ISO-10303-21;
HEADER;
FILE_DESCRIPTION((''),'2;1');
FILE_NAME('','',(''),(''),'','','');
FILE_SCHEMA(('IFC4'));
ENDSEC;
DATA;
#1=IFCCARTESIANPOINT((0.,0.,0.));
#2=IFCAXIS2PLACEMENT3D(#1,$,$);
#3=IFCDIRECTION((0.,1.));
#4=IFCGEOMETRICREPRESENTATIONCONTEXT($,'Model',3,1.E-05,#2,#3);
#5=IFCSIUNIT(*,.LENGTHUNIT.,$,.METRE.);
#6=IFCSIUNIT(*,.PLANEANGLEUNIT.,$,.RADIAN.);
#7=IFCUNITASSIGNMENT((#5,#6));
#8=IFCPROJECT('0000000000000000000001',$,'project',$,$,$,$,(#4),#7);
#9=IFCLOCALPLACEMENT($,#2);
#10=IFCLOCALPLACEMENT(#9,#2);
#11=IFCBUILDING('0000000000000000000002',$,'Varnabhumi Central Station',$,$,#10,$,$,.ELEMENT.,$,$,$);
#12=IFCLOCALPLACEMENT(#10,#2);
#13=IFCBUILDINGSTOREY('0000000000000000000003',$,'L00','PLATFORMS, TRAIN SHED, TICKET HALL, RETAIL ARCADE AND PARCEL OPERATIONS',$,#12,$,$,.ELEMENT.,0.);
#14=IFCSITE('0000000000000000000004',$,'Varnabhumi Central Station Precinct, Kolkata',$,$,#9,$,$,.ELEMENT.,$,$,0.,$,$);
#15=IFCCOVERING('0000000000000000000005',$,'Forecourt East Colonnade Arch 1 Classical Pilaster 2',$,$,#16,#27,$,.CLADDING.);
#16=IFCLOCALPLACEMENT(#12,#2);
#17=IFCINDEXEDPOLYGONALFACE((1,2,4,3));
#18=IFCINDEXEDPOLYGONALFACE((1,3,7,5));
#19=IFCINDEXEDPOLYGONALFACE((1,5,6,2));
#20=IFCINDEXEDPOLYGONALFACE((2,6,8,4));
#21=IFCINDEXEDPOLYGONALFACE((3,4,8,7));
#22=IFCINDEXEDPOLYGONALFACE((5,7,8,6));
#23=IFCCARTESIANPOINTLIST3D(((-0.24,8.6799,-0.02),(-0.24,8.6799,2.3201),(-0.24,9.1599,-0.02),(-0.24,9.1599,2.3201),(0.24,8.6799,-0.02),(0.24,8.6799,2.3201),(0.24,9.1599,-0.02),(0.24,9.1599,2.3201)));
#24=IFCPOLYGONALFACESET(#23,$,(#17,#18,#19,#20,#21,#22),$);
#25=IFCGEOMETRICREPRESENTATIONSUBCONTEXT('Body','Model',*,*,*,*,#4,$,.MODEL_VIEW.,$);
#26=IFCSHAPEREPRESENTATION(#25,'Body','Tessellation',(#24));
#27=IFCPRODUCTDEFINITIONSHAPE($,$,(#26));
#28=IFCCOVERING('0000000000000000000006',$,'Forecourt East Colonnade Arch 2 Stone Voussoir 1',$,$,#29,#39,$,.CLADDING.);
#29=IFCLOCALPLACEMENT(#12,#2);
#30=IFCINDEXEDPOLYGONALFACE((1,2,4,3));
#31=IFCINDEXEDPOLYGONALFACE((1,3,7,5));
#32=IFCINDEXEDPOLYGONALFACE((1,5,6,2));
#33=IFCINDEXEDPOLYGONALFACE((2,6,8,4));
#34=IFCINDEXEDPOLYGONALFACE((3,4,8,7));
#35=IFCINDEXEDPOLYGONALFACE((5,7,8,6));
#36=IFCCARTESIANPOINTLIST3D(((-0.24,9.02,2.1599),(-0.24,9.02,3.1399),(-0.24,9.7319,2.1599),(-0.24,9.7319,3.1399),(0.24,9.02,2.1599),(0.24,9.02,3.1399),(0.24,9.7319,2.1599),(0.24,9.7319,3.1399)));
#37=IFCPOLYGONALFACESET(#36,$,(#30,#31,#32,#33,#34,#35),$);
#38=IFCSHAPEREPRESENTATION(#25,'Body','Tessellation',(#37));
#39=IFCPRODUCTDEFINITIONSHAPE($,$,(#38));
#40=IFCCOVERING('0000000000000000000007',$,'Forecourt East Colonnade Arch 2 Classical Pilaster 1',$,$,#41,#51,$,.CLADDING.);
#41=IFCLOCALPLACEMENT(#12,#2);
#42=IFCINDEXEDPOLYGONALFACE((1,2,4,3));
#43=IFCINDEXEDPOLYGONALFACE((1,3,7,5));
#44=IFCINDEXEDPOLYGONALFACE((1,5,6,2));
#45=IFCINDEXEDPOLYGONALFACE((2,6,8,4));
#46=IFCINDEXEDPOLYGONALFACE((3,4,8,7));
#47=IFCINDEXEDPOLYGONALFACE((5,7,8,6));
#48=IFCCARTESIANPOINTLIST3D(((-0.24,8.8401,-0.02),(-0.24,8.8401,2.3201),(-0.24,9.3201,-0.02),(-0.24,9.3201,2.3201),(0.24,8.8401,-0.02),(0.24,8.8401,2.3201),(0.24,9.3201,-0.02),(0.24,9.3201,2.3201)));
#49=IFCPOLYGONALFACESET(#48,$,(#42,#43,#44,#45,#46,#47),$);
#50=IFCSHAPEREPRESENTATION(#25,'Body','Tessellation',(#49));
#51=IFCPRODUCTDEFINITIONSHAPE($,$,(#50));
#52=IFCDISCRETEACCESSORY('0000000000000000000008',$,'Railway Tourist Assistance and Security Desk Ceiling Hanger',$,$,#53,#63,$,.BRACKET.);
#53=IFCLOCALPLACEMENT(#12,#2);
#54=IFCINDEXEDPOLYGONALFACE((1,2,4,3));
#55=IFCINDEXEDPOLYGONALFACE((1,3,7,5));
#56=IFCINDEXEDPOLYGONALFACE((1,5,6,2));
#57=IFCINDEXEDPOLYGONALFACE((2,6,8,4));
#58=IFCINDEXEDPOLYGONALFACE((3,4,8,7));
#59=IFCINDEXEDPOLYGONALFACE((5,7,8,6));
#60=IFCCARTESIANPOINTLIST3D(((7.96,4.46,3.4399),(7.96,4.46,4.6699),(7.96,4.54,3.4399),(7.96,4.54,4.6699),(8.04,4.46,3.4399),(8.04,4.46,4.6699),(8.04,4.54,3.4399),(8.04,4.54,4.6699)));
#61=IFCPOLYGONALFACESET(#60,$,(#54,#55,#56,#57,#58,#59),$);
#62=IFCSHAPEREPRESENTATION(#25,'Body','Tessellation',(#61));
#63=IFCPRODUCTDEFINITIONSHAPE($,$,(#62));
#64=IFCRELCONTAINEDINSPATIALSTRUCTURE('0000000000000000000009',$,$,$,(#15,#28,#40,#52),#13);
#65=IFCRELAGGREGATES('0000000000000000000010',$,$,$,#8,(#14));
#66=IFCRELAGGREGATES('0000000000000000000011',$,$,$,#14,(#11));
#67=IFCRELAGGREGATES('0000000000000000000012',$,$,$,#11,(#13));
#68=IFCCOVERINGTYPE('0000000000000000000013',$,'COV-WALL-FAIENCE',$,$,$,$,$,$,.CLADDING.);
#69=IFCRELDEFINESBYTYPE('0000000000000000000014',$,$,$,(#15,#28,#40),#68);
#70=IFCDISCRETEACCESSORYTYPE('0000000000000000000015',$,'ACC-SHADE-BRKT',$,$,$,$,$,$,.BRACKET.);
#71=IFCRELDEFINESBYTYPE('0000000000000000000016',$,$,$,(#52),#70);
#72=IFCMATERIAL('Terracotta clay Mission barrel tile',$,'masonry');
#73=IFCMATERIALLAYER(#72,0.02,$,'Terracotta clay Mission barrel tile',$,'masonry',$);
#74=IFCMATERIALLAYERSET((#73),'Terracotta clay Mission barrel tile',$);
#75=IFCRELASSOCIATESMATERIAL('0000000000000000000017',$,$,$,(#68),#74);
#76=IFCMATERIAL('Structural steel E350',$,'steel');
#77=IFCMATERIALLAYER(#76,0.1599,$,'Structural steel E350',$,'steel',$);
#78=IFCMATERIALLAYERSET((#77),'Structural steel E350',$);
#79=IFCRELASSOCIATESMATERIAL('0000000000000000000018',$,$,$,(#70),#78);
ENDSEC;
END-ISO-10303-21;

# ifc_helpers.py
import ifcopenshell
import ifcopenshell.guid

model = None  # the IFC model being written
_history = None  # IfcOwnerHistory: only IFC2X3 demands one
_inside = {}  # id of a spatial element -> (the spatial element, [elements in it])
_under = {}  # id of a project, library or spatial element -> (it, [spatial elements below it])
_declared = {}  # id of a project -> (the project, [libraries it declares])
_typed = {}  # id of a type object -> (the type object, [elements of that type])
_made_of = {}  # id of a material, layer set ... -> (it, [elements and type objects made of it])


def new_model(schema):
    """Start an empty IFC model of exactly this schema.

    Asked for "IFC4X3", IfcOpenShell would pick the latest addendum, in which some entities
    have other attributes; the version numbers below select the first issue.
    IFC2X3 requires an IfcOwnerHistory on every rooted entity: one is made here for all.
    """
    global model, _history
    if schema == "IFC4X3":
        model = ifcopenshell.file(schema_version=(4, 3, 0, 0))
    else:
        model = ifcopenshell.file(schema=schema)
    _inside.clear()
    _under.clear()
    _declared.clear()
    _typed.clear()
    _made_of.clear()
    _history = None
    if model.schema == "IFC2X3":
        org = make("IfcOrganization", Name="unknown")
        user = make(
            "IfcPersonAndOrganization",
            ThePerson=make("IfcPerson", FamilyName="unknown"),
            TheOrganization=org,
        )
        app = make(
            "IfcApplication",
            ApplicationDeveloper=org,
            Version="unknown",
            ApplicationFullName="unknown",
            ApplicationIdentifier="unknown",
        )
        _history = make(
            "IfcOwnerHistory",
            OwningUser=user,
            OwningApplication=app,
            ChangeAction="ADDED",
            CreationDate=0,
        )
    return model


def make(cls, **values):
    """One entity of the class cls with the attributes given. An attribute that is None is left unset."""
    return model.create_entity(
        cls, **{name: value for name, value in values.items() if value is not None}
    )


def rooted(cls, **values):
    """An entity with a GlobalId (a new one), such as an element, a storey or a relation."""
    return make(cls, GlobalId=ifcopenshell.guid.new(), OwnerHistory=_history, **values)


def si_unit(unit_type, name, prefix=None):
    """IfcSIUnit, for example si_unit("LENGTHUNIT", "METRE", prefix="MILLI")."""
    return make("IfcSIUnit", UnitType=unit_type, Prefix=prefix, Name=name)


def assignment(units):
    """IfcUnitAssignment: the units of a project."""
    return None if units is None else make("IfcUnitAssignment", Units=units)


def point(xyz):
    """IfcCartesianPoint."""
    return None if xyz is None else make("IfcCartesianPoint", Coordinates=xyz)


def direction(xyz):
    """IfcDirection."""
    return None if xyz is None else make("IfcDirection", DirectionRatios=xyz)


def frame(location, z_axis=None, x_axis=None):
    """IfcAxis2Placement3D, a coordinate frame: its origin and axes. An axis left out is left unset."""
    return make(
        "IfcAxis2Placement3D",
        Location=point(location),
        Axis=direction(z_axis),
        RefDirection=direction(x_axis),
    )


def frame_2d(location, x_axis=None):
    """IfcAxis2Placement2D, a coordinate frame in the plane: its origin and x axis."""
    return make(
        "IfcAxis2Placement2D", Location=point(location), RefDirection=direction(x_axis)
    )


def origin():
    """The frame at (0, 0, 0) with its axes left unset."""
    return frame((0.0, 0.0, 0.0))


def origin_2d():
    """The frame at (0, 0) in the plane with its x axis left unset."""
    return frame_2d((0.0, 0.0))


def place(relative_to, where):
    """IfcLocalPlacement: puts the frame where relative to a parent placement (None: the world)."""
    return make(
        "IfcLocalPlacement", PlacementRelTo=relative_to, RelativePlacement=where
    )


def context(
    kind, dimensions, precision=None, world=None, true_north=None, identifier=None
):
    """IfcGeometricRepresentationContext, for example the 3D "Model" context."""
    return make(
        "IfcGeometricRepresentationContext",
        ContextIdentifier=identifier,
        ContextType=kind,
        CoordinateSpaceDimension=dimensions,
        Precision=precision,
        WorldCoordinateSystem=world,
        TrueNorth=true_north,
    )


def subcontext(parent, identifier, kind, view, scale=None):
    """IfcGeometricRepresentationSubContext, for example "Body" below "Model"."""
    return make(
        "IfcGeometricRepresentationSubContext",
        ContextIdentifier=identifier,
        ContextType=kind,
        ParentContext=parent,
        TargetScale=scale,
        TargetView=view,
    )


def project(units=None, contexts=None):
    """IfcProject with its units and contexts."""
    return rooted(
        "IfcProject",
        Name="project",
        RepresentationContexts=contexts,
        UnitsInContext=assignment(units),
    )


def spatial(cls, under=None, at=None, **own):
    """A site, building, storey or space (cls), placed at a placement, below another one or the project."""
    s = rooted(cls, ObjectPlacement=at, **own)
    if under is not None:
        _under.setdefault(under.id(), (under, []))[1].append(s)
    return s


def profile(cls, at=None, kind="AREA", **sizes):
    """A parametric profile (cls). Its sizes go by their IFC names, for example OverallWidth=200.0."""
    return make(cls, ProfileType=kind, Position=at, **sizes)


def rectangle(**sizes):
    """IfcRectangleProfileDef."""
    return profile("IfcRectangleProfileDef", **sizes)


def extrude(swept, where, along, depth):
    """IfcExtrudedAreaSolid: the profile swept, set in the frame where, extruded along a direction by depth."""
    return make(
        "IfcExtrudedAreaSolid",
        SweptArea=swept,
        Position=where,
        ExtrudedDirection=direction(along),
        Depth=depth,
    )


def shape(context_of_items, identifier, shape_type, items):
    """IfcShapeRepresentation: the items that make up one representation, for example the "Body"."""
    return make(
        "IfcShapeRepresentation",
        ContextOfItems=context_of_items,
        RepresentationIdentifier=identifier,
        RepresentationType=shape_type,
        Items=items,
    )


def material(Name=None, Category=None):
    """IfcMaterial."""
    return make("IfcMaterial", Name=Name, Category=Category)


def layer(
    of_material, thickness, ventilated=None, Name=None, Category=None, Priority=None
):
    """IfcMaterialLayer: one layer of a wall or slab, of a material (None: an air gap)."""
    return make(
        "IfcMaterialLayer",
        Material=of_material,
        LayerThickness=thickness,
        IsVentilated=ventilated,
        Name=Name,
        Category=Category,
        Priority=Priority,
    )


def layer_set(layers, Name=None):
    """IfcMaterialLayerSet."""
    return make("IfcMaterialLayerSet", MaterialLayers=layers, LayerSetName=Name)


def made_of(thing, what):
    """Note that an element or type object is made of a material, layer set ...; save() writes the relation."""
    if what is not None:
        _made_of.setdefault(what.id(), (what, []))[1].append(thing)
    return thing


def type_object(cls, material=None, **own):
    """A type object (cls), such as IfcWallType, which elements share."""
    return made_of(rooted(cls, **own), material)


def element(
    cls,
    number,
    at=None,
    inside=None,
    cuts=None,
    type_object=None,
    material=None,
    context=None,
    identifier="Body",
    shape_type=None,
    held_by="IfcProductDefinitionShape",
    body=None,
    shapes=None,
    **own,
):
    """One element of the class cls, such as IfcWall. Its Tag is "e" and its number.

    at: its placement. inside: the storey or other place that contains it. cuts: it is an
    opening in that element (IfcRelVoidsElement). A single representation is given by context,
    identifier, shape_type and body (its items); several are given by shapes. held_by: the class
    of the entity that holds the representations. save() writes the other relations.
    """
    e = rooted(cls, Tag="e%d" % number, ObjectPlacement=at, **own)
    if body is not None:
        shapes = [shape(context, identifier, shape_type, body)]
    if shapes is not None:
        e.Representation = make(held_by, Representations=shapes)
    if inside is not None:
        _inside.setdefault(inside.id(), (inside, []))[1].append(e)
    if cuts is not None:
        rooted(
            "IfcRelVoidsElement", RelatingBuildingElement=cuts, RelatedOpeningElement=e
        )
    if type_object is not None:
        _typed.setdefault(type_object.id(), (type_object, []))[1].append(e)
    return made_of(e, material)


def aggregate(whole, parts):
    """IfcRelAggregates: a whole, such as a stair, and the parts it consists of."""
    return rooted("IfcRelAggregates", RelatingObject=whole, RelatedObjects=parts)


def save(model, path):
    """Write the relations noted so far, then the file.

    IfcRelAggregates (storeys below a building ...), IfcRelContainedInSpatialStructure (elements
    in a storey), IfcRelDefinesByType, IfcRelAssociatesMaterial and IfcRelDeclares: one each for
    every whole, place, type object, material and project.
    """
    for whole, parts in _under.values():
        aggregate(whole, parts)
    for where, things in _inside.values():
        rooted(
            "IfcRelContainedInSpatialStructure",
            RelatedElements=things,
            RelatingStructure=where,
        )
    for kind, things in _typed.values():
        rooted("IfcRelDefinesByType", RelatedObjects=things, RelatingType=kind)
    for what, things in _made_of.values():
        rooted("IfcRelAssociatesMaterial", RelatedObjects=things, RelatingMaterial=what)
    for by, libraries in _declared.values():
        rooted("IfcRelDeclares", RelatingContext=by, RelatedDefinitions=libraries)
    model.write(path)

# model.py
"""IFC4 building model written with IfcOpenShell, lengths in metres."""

from ifc_helpers import new_model, si_unit, direction, frame, origin, origin_2d, place, context, subcontext, project, spatial, rectangle, extrude, material, layer, layer_set, type_object, element, save


model = new_model("IFC4")

# Units and contexts
model_context = context("Model", 3, precision=1e-05, world=origin(), true_north=direction((0.0, 1.0)))
body_context = subcontext(model_context, "Body", "Model", "MODEL_VIEW")
ifc_project = project(units=[si_unit("LENGTHUNIT", "METRE"), si_unit("PLANEANGLEUNIT", "RADIAN")], contexts=[model_context])

# Site, building, storey
site_placement = place(None, origin())
site = spatial("IfcSite", under=ifc_project, at=site_placement, Name="Varnabhumi Central Station Precinct, Kolkata", CompositionType="ELEMENT", RefElevation=0.0)
building_placement = place(site_placement, origin())
building = spatial("IfcBuilding", under=site, at=building_placement, Name="Varnabhumi Central Station", CompositionType="ELEMENT")
storey_placement = place(building_placement, origin())
storey = spatial("IfcBuildingStorey", under=building, at=storey_placement, Name="L00", Description="PLATFORMS, TRAIN SHED, TICKET HALL, RETAIL ARCADE AND PARCEL OPERATIONS", CompositionType="ELEMENT", Elevation=0.0)

# Coverings
ifc_material_1 = material(Name="Terracotta clay Mission barrel tile", Category="masonry")
ifc_layer_1 = layer(ifc_material_1, 0.02, Name="Terracotta clay Mission barrel tile", Category="masonry")
ifc_layer_set_1 = layer_set([ifc_layer_1], Name="Terracotta clay Mission barrel tile")
covering_type = type_object("IfcCoveringType", Name="COV-WALL-FAIENCE", PredefinedType="CLADDING", material=ifc_layer_set_1)
covering_1_placement = place(storey_placement, frame((0.0, 8.9199, -0.02), z_axis=(0.0, 0.0, 1.0), x_axis=(1.0, 0.0, 0.0)))
element("IfcCovering", 1, at=covering_1_placement, inside=storey, type_object=covering_type, Name="Forecourt East Colonnade Arch 1 Classical Pilaster 2", PredefinedType="CLADDING", context=body_context, shape_type="SweptSolid", body=[
    extrude(rectangle(XDim=0.48, YDim=0.48, at=origin_2d()), origin(), (0.0, 0.0, 1.0), 2.3401),
])
covering_2_placement = place(storey_placement, frame((0.0, 9.376, 2.1599), z_axis=(0.0, 0.0, 1.0), x_axis=(0.0, 1.0, 0.0)))
element("IfcCovering", 2, at=covering_2_placement, inside=storey, type_object=covering_type, Name="Forecourt East Colonnade Arch 2 Stone Voussoir 1", PredefinedType="CLADDING", context=body_context, shape_type="SweptSolid", body=[
    extrude(rectangle(XDim=0.7119, YDim=0.48, at=origin_2d()), origin(), (0.0, 0.0, 1.0), 0.98),
])
covering_3_placement = place(storey_placement, frame((0.0, 9.0801, -0.02), z_axis=(0.0, 0.0, 1.0), x_axis=(1.0, 0.0, 0.0)))
element("IfcCovering", 3, at=covering_3_placement, inside=storey, type_object=covering_type, Name="Forecourt East Colonnade Arch 2 Classical Pilaster 1", PredefinedType="CLADDING", context=body_context, shape_type="SweptSolid", body=[
    extrude(rectangle(XDim=0.48, YDim=0.48, at=origin_2d()), origin(), (0.0, 0.0, 1.0), 2.3401),
])

# Discrete accessory
ifc_material_2 = material(Name="Structural steel E350", Category="steel")
ifc_layer_2 = layer(ifc_material_2, 0.1599, Name="Structural steel E350", Category="steel")
ifc_layer_set_2 = layer_set([ifc_layer_2], Name="Structural steel E350")
discrete_accessory_type = type_object("IfcDiscreteAccessoryType", Name="ACC-SHADE-BRKT", PredefinedType="BRACKET", material=ifc_layer_set_2)
discrete_accessory_placement = place(storey_placement, frame((8.0, 4.5, 3.4399), z_axis=(0.0, 0.0, 1.0), x_axis=(1.0, 0.0, 0.0)))
element("IfcDiscreteAccessory", 4, at=discrete_accessory_placement, inside=storey, type_object=discrete_accessory_type, Name="Railway Tourist Assistance and Security Desk Ceiling Hanger", PredefinedType="BRACKET", context=body_context, shape_type="SweptSolid", body=[
    extrude(rectangle(XDim=0.0801, YDim=0.0801, at=origin_2d()), origin(), (0.0, 0.0, 1.0), 1.23),
])

save(model, "model.ifc")
